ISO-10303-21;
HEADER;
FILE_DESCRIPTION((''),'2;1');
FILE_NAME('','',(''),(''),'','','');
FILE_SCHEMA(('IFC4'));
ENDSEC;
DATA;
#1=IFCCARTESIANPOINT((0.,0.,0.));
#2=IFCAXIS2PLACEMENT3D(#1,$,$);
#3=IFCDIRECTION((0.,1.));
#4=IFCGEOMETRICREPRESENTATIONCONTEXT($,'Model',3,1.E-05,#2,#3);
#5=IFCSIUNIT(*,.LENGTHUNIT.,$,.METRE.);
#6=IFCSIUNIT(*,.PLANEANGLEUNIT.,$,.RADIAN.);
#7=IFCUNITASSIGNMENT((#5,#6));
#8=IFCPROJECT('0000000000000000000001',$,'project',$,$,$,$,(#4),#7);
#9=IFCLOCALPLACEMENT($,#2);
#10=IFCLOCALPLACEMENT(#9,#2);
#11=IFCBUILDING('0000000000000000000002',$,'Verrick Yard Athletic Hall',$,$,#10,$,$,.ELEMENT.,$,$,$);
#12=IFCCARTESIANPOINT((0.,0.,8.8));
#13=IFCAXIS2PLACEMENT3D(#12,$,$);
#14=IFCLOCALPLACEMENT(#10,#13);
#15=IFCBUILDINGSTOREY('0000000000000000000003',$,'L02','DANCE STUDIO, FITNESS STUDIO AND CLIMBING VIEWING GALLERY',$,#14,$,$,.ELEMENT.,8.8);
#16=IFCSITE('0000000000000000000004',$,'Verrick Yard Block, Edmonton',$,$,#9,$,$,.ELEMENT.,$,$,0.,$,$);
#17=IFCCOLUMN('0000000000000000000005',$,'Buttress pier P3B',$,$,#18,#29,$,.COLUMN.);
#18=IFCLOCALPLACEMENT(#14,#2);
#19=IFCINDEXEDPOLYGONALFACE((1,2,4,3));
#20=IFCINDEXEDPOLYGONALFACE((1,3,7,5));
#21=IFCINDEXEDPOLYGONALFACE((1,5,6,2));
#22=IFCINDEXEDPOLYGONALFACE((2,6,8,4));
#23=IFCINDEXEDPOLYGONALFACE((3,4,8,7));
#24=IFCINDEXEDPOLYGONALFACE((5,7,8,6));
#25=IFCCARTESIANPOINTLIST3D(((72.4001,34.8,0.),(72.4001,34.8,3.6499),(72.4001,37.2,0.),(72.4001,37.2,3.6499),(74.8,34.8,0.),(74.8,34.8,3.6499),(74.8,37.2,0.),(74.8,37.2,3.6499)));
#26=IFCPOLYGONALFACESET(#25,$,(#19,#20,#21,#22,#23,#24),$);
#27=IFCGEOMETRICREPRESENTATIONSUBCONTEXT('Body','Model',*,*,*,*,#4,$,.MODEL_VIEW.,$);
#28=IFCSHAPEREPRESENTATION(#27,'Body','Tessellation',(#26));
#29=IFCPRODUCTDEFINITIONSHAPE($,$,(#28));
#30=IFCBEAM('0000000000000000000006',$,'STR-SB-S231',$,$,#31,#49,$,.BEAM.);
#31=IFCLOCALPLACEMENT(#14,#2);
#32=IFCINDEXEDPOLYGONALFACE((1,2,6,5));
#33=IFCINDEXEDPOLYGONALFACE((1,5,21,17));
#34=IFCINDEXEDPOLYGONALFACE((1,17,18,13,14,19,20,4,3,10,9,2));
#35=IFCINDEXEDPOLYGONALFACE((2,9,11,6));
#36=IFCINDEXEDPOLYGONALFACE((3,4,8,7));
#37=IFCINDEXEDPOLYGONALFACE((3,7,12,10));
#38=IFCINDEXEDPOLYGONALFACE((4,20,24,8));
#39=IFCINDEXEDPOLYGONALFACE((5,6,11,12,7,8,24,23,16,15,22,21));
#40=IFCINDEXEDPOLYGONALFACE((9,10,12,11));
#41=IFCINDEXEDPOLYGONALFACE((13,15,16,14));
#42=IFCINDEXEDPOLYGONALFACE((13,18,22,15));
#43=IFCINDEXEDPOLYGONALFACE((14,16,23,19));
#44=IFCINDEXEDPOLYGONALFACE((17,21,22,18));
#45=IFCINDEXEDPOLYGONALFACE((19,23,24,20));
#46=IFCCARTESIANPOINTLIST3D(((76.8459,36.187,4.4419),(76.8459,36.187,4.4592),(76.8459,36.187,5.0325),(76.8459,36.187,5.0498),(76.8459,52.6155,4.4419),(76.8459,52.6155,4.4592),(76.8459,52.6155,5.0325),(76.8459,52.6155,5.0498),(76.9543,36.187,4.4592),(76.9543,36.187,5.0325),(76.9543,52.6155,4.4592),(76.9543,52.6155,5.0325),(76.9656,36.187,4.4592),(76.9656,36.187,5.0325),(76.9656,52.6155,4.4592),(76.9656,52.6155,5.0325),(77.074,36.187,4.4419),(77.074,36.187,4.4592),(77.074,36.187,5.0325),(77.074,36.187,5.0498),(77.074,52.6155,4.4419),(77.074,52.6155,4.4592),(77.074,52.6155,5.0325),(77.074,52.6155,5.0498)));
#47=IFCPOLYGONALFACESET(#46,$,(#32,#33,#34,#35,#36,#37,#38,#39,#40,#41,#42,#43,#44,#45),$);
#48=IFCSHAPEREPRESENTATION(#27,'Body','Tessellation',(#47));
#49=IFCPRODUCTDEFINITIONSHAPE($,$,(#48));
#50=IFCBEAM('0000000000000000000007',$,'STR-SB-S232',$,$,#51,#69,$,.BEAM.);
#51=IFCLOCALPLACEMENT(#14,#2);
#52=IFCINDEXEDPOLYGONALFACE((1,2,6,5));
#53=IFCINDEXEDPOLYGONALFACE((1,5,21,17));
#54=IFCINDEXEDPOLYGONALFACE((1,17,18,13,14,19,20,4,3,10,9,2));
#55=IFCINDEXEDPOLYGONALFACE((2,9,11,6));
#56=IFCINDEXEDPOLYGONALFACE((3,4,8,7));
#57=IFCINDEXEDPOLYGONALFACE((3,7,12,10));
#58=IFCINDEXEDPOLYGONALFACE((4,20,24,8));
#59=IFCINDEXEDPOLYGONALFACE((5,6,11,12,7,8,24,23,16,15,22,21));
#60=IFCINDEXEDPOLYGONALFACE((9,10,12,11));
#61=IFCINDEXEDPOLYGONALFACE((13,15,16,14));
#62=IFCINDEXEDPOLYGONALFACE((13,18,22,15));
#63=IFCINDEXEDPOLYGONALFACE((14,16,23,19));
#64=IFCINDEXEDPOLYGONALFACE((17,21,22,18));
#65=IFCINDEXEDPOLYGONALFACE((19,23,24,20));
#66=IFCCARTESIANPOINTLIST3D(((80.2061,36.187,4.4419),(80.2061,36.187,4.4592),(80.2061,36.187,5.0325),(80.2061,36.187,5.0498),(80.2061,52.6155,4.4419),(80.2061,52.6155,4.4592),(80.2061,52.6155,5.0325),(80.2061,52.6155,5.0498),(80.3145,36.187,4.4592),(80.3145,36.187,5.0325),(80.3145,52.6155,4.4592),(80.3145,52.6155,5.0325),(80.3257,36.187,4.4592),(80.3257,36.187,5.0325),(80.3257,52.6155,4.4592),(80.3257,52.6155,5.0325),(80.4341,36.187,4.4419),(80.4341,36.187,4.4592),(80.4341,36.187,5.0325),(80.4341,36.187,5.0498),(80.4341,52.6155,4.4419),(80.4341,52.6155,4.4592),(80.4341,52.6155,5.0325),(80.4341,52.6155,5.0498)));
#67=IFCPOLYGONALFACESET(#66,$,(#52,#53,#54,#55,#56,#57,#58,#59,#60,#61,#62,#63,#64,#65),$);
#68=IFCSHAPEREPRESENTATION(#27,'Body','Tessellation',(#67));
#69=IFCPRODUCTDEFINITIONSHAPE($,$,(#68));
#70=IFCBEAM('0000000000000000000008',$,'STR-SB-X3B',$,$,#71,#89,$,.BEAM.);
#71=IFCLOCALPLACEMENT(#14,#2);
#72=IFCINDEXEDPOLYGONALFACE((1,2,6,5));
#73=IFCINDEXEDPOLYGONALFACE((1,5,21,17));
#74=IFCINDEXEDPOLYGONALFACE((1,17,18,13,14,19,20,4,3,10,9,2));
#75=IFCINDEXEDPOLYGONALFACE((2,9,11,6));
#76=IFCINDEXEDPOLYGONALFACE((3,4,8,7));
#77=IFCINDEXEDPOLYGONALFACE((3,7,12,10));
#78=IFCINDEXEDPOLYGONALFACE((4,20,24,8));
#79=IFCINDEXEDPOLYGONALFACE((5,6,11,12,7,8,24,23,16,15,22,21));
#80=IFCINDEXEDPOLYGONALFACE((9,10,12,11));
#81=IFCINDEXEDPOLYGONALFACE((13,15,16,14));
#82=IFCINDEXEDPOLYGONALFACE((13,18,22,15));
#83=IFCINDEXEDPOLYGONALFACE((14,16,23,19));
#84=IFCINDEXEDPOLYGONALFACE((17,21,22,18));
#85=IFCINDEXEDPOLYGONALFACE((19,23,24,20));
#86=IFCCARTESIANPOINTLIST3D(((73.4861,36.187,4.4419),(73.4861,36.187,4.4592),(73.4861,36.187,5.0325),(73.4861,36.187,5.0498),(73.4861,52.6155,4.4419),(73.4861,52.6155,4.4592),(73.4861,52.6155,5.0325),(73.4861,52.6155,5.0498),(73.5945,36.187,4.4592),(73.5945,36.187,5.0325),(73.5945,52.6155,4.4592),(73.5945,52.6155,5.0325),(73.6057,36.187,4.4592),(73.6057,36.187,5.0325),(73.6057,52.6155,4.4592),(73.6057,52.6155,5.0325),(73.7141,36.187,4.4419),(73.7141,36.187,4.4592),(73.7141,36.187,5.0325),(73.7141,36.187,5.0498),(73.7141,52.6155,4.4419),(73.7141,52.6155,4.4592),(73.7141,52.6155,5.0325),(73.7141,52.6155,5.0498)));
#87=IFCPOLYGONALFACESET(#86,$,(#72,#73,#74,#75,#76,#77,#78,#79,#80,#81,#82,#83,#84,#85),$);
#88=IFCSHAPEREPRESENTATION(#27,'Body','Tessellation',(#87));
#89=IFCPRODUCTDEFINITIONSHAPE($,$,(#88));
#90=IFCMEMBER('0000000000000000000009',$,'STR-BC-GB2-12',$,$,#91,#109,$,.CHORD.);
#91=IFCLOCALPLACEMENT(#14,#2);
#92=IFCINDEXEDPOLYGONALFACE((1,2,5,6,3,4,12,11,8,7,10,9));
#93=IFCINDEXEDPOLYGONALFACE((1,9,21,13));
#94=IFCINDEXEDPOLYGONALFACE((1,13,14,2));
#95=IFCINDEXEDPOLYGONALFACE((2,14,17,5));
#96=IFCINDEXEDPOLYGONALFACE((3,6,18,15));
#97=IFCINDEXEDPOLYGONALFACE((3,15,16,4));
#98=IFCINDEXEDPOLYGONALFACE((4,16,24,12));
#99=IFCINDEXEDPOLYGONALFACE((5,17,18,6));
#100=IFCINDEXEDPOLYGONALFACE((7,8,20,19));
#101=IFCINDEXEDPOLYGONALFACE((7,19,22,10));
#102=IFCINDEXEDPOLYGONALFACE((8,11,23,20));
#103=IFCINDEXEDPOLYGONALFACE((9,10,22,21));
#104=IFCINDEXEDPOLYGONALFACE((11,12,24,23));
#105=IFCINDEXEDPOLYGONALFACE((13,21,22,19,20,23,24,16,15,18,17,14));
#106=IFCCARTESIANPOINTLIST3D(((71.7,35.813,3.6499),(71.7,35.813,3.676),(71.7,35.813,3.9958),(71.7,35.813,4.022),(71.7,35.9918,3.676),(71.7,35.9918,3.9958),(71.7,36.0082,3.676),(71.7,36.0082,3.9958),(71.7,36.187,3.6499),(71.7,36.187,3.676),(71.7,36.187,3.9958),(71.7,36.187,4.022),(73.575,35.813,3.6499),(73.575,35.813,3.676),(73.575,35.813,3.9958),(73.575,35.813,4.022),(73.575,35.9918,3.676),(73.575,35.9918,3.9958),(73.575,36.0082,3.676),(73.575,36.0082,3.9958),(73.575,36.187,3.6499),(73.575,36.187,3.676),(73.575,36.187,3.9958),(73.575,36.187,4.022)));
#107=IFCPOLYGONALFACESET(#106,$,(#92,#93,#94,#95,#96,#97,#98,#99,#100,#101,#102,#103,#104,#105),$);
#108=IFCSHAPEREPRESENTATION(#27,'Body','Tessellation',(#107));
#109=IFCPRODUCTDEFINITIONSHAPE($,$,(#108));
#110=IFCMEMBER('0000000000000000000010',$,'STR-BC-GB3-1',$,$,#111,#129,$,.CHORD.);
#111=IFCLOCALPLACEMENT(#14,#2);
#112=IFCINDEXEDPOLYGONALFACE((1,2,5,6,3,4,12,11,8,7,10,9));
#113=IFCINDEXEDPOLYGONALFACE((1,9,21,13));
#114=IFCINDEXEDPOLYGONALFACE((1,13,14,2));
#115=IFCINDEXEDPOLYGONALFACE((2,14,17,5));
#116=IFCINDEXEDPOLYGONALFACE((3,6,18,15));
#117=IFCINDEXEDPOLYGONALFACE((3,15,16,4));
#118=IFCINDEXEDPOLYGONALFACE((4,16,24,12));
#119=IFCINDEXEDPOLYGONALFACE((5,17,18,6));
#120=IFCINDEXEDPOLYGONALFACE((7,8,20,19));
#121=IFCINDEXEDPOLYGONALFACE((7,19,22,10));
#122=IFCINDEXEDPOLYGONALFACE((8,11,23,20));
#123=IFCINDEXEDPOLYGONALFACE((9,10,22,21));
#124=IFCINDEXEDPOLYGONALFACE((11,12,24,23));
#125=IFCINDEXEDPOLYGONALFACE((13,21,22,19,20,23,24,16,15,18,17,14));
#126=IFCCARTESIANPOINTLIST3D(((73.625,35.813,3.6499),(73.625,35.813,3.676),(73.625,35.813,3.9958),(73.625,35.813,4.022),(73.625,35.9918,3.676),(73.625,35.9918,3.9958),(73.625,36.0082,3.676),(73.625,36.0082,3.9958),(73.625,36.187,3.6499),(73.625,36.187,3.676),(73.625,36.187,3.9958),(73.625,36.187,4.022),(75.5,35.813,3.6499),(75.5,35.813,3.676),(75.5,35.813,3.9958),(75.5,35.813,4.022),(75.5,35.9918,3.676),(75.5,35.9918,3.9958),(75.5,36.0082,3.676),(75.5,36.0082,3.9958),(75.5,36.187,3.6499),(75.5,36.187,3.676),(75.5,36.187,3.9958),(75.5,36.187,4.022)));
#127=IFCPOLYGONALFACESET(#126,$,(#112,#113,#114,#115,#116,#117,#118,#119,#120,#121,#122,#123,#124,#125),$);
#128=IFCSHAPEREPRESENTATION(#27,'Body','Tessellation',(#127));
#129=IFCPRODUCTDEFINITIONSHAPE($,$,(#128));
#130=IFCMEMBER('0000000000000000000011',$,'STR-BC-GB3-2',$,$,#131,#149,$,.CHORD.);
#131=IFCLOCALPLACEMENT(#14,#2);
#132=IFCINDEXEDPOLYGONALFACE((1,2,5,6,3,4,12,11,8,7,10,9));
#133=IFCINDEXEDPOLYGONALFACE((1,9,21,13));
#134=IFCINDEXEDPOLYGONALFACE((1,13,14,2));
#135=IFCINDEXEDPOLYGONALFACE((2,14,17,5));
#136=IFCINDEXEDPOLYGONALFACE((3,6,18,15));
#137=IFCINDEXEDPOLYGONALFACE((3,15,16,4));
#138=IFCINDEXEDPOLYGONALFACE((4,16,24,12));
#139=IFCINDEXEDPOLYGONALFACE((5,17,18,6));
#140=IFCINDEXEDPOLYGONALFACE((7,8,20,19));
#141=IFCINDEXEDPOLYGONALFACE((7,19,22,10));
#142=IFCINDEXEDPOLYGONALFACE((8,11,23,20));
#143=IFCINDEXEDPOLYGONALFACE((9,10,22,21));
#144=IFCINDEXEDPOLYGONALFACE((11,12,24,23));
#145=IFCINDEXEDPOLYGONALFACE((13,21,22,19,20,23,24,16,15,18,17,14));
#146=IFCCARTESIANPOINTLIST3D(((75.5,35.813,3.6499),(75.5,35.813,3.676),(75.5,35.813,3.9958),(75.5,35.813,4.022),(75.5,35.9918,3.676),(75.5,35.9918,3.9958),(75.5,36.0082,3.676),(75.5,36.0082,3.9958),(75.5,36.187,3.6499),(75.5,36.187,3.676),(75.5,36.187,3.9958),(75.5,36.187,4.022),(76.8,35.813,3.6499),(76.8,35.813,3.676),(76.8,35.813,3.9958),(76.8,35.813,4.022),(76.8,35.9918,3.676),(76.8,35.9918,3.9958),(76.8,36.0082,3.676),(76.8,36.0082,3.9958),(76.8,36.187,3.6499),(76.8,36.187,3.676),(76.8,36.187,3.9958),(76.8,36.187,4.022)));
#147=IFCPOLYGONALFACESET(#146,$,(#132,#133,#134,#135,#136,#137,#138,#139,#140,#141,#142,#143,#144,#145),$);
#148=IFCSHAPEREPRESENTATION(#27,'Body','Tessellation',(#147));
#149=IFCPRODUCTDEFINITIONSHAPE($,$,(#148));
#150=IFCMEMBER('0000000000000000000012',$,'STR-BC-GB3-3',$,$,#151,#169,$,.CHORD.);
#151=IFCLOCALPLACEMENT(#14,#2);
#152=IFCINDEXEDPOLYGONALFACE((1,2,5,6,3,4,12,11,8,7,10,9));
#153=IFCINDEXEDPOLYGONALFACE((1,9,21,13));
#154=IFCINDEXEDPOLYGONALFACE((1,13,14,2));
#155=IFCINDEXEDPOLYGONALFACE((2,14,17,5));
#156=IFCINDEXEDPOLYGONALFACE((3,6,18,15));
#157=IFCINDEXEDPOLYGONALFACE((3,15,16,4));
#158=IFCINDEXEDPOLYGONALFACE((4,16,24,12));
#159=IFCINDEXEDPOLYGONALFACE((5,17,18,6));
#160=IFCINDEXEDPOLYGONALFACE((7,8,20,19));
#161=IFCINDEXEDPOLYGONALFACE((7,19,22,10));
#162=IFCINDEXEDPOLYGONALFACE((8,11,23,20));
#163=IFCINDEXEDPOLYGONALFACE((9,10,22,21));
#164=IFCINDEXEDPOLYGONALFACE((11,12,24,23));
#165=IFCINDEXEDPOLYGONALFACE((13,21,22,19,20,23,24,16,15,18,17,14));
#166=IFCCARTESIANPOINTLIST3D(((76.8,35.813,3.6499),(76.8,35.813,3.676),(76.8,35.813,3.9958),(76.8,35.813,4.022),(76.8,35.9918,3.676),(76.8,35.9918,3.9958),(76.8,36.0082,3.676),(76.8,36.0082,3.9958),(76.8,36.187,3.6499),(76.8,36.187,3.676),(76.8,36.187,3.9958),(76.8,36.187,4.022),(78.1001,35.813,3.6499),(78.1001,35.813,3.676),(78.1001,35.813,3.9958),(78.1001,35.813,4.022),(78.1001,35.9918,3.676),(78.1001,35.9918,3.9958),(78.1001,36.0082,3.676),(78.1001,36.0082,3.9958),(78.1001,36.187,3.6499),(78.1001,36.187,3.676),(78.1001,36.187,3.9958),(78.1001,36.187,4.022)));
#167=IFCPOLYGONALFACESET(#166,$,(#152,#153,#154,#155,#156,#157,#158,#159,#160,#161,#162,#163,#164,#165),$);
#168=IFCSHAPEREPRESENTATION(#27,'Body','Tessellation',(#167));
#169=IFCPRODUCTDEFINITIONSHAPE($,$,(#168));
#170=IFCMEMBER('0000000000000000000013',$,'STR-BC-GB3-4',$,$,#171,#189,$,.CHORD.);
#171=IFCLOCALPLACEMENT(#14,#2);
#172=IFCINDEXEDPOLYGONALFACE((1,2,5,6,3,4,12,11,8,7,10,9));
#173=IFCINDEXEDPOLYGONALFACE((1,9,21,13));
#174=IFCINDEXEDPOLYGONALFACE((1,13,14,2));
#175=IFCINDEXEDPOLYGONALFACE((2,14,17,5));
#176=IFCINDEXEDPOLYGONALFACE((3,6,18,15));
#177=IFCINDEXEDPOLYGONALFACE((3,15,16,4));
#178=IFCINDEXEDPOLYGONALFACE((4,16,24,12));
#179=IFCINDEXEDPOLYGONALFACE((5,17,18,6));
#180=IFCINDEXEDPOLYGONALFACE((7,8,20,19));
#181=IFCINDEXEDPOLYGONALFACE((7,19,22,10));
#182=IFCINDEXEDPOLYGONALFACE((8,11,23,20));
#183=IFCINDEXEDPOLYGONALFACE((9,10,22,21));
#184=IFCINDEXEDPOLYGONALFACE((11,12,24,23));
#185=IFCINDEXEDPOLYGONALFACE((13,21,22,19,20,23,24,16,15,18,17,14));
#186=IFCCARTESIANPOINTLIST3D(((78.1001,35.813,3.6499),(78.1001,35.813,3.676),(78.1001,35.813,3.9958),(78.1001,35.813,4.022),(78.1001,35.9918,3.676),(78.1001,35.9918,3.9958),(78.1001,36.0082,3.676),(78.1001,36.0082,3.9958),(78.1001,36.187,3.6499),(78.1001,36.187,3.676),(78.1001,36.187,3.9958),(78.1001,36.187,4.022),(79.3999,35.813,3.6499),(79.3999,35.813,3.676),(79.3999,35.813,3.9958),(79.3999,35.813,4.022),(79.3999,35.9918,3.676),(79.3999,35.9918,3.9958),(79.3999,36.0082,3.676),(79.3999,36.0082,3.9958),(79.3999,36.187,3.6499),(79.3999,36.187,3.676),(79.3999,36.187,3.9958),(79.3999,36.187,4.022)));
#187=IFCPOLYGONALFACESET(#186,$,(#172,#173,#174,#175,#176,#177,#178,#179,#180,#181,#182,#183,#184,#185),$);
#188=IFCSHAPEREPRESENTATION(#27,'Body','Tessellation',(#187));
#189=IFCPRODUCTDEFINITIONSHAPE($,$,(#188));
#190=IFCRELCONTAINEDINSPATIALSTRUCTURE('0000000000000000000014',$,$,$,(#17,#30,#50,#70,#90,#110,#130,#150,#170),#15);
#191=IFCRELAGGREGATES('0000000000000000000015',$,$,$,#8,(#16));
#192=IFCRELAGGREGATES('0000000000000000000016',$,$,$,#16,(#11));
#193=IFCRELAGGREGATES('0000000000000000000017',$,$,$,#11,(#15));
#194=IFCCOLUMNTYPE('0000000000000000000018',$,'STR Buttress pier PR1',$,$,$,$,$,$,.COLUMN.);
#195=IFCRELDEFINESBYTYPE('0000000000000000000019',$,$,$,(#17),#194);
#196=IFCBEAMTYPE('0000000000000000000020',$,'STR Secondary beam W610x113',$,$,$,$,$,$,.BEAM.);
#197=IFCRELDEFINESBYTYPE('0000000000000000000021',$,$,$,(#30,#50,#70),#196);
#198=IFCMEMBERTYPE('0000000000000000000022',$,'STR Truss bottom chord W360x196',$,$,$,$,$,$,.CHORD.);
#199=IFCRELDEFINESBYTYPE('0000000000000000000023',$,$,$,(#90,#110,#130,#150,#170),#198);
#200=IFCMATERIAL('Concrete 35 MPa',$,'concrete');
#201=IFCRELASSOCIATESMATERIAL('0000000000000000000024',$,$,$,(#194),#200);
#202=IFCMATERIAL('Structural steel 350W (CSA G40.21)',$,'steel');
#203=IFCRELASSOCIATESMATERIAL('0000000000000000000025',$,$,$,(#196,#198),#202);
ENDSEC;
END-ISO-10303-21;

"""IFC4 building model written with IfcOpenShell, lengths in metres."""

from ifc_helpers import new_model, si_unit, direction, frame, origin, origin_2d, place, context, subcontext, project, spatial, rectangle, i_section, extrude, material, material_profile, profile_set, type_object, element, save


model = new_model("IFC4")

# Units and contexts
model_context = context("Model", 3, precision=1e-05, world=origin(), true_north=direction((0.0, 1.0)))
body_context = subcontext(model_context, "Body", "Model", "MODEL_VIEW")
ifc_project = project(units=[si_unit("LENGTHUNIT", "METRE"), si_unit("PLANEANGLEUNIT", "RADIAN")], contexts=[model_context])

# Site, building, storey
site_placement = place(None, origin())
site = spatial("IfcSite", under=ifc_project, at=site_placement, Name="Verrick Yard Block, Edmonton", CompositionType="ELEMENT", RefElevation=0.0)
building_placement = place(site_placement, origin())
building = spatial("IfcBuilding", under=site, at=building_placement, Name="Verrick Yard Athletic Hall", CompositionType="ELEMENT")
storey_placement = place(building_placement, frame((0.0, 0.0, 8.8)))
storey = spatial("IfcBuildingStorey", under=building, at=storey_placement, Name="L02", Description="DANCE STUDIO, FITNESS STUDIO AND CLIMBING VIEWING GALLERY", CompositionType="ELEMENT", Elevation=8.8)

# Column
ifc_material_1 = material(Name="Concrete 35 MPa", Category="concrete")
ifc_material_profile_1 = material_profile(ifc_material_1, rectangle(XDim=2.3999, YDim=2.3999, at=origin_2d()), Name="STR Buttress pier PR1")
ifc_profile_set_1 = profile_set([ifc_material_profile_1], Name="Concrete 35 MPa")
column_type = type_object("IfcColumnType", Name="STR Buttress pier PR1", PredefinedType="COLUMN", material=ifc_profile_set_1)
column_placement = place(storey_placement, frame((73.6001, 36.0, 0.0), z_axis=(0.0, 0.0, 1.0), x_axis=(1.0, 0.0, 0.0)))
element("IfcColumn", 1, at=column_placement, inside=storey, type_object=column_type, Name="Buttress pier P3B", PredefinedType="COLUMN", context=body_context, shape_type="SweptSolid", body=[
    extrude(rectangle(XDim=2.3999, YDim=2.3999, at=origin_2d()), origin(), (0.0, 0.0, 1.0), 3.6499),
])

# Beams
ifc_material_2 = material(Name="Structural steel 350W (CSA G40.21)", Category="steel")
ifc_material_profile_2 = material_profile(ifc_material_2, i_section(OverallWidth=0.228, OverallDepth=0.6079, WebThickness=0.0112, FlangeThickness=0.0173, at=origin_2d()), Name="W610x113")
ifc_profile_set_2 = profile_set([ifc_material_profile_2], Name="Structural steel 350W (CSA G40.21)")
beam_type = type_object("IfcBeamType", Name="STR Secondary beam W610x113", PredefinedType="BEAM", material=ifc_profile_set_2)
for number, where, z_axis, x_axis, name in (
    (2, (76.96, 36.187, 4.7458), (0.0, 1.0, 0.0), (-1.0, 0.0, 0.0), "STR-SB-S231"),
    (3, (80.3201, 36.187, 4.7458), (0.0, 1.0, 0.0), (-1.0, 0.0, 0.0), "STR-SB-S232"),
    (4, (73.6001, 36.187, 4.7458), (0.0, 1.0, 0.0), (-1.0, 0.0, 0.0), "STR-SB-X3B"),
):
    element("IfcBeam", number, at=place(storey_placement, frame(where, z_axis=z_axis, x_axis=x_axis)), inside=storey, type_object=beam_type, Name=name, PredefinedType="BEAM", context=body_context, shape_type="SweptSolid", body=[
        extrude(i_section(OverallWidth=0.228, OverallDepth=0.6079, WebThickness=0.0112, FlangeThickness=0.0173, at=origin_2d()), origin(), (0.0, 0.0, 1.0), 16.4285),
    ])

# Members
ifc_material_profile_3 = material_profile(ifc_material_2, i_section(OverallWidth=0.374, OverallDepth=0.3721, WebThickness=0.0164, FlangeThickness=0.0261, at=origin_2d()), Name="W360x196")
ifc_profile_set_3 = profile_set([ifc_material_profile_3], Name="Structural steel 350W (CSA G40.21)")
member_type_1 = type_object("IfcMemberType", Name="STR Truss bottom chord W360x196", PredefinedType="CHORD", material=ifc_profile_set_3)
for number, where, z_axis, x_axis, name in (
    (5, (71.7, 36.0, 3.8359), (1.0, 0.0, 0.0), (0.0, 1.0, 0.0), "STR-BC-GB2-12"),
    (6, (73.625, 36.0, 3.8359), (1.0, 0.0, 0.0), (0.0, 1.0, 0.0), "STR-BC-GB3-1"),
):
    element("IfcMember", number, at=place(storey_placement, frame(where, z_axis=z_axis, x_axis=x_axis)), inside=storey, type_object=member_type_1, Name=name, PredefinedType="CHORD", context=body_context, shape_type="SweptSolid", body=[
        extrude(i_section(OverallWidth=0.374, OverallDepth=0.3721, WebThickness=0.0164, FlangeThickness=0.0261, at=origin_2d()), origin(), (0.0, 0.0, 1.0), 1.875),
    ])
for number, where, z_axis, x_axis, name in (
    (7, (75.5, 36.0, 3.8359), (1.0, 0.0, 0.0), (0.0, 1.0, 0.0), "STR-BC-GB3-2"),
    (8, (76.8, 36.0, 3.8359), (1.0, 0.0, 0.0), (0.0, 1.0, 0.0), "STR-BC-GB3-3"),
):
    element("IfcMember", number, at=place(storey_placement, frame(where, z_axis=z_axis, x_axis=x_axis)), inside=storey, type_object=member_type_1, Name=name, PredefinedType="CHORD", context=body_context, shape_type="SweptSolid", body=[
        extrude(i_section(OverallWidth=0.374, OverallDepth=0.3721, WebThickness=0.0164, FlangeThickness=0.0261, at=origin_2d()), origin(), (0.0, 0.0, 1.0), 1.3),
    ])
member_1_placement = place(storey_placement, frame((78.1001, 36.0, 3.8359), z_axis=(1.0, 0.0, 0.0), x_axis=(0.0, 1.0, 0.0)))
element("IfcMember", 9, at=member_1_placement, inside=storey, type_object=member_type_1, Name="STR-BC-GB3-4", PredefinedType="CHORD", context=body_context, shape_type="SweptSolid", body=[
    extrude(i_section(OverallWidth=0.374, OverallDepth=0.3721, WebThickness=0.0164, FlangeThickness=0.0261, at=origin_2d()), origin(), (0.0, 0.0, 1.0), 1.2998),
])

save(model, "model.ifc")
